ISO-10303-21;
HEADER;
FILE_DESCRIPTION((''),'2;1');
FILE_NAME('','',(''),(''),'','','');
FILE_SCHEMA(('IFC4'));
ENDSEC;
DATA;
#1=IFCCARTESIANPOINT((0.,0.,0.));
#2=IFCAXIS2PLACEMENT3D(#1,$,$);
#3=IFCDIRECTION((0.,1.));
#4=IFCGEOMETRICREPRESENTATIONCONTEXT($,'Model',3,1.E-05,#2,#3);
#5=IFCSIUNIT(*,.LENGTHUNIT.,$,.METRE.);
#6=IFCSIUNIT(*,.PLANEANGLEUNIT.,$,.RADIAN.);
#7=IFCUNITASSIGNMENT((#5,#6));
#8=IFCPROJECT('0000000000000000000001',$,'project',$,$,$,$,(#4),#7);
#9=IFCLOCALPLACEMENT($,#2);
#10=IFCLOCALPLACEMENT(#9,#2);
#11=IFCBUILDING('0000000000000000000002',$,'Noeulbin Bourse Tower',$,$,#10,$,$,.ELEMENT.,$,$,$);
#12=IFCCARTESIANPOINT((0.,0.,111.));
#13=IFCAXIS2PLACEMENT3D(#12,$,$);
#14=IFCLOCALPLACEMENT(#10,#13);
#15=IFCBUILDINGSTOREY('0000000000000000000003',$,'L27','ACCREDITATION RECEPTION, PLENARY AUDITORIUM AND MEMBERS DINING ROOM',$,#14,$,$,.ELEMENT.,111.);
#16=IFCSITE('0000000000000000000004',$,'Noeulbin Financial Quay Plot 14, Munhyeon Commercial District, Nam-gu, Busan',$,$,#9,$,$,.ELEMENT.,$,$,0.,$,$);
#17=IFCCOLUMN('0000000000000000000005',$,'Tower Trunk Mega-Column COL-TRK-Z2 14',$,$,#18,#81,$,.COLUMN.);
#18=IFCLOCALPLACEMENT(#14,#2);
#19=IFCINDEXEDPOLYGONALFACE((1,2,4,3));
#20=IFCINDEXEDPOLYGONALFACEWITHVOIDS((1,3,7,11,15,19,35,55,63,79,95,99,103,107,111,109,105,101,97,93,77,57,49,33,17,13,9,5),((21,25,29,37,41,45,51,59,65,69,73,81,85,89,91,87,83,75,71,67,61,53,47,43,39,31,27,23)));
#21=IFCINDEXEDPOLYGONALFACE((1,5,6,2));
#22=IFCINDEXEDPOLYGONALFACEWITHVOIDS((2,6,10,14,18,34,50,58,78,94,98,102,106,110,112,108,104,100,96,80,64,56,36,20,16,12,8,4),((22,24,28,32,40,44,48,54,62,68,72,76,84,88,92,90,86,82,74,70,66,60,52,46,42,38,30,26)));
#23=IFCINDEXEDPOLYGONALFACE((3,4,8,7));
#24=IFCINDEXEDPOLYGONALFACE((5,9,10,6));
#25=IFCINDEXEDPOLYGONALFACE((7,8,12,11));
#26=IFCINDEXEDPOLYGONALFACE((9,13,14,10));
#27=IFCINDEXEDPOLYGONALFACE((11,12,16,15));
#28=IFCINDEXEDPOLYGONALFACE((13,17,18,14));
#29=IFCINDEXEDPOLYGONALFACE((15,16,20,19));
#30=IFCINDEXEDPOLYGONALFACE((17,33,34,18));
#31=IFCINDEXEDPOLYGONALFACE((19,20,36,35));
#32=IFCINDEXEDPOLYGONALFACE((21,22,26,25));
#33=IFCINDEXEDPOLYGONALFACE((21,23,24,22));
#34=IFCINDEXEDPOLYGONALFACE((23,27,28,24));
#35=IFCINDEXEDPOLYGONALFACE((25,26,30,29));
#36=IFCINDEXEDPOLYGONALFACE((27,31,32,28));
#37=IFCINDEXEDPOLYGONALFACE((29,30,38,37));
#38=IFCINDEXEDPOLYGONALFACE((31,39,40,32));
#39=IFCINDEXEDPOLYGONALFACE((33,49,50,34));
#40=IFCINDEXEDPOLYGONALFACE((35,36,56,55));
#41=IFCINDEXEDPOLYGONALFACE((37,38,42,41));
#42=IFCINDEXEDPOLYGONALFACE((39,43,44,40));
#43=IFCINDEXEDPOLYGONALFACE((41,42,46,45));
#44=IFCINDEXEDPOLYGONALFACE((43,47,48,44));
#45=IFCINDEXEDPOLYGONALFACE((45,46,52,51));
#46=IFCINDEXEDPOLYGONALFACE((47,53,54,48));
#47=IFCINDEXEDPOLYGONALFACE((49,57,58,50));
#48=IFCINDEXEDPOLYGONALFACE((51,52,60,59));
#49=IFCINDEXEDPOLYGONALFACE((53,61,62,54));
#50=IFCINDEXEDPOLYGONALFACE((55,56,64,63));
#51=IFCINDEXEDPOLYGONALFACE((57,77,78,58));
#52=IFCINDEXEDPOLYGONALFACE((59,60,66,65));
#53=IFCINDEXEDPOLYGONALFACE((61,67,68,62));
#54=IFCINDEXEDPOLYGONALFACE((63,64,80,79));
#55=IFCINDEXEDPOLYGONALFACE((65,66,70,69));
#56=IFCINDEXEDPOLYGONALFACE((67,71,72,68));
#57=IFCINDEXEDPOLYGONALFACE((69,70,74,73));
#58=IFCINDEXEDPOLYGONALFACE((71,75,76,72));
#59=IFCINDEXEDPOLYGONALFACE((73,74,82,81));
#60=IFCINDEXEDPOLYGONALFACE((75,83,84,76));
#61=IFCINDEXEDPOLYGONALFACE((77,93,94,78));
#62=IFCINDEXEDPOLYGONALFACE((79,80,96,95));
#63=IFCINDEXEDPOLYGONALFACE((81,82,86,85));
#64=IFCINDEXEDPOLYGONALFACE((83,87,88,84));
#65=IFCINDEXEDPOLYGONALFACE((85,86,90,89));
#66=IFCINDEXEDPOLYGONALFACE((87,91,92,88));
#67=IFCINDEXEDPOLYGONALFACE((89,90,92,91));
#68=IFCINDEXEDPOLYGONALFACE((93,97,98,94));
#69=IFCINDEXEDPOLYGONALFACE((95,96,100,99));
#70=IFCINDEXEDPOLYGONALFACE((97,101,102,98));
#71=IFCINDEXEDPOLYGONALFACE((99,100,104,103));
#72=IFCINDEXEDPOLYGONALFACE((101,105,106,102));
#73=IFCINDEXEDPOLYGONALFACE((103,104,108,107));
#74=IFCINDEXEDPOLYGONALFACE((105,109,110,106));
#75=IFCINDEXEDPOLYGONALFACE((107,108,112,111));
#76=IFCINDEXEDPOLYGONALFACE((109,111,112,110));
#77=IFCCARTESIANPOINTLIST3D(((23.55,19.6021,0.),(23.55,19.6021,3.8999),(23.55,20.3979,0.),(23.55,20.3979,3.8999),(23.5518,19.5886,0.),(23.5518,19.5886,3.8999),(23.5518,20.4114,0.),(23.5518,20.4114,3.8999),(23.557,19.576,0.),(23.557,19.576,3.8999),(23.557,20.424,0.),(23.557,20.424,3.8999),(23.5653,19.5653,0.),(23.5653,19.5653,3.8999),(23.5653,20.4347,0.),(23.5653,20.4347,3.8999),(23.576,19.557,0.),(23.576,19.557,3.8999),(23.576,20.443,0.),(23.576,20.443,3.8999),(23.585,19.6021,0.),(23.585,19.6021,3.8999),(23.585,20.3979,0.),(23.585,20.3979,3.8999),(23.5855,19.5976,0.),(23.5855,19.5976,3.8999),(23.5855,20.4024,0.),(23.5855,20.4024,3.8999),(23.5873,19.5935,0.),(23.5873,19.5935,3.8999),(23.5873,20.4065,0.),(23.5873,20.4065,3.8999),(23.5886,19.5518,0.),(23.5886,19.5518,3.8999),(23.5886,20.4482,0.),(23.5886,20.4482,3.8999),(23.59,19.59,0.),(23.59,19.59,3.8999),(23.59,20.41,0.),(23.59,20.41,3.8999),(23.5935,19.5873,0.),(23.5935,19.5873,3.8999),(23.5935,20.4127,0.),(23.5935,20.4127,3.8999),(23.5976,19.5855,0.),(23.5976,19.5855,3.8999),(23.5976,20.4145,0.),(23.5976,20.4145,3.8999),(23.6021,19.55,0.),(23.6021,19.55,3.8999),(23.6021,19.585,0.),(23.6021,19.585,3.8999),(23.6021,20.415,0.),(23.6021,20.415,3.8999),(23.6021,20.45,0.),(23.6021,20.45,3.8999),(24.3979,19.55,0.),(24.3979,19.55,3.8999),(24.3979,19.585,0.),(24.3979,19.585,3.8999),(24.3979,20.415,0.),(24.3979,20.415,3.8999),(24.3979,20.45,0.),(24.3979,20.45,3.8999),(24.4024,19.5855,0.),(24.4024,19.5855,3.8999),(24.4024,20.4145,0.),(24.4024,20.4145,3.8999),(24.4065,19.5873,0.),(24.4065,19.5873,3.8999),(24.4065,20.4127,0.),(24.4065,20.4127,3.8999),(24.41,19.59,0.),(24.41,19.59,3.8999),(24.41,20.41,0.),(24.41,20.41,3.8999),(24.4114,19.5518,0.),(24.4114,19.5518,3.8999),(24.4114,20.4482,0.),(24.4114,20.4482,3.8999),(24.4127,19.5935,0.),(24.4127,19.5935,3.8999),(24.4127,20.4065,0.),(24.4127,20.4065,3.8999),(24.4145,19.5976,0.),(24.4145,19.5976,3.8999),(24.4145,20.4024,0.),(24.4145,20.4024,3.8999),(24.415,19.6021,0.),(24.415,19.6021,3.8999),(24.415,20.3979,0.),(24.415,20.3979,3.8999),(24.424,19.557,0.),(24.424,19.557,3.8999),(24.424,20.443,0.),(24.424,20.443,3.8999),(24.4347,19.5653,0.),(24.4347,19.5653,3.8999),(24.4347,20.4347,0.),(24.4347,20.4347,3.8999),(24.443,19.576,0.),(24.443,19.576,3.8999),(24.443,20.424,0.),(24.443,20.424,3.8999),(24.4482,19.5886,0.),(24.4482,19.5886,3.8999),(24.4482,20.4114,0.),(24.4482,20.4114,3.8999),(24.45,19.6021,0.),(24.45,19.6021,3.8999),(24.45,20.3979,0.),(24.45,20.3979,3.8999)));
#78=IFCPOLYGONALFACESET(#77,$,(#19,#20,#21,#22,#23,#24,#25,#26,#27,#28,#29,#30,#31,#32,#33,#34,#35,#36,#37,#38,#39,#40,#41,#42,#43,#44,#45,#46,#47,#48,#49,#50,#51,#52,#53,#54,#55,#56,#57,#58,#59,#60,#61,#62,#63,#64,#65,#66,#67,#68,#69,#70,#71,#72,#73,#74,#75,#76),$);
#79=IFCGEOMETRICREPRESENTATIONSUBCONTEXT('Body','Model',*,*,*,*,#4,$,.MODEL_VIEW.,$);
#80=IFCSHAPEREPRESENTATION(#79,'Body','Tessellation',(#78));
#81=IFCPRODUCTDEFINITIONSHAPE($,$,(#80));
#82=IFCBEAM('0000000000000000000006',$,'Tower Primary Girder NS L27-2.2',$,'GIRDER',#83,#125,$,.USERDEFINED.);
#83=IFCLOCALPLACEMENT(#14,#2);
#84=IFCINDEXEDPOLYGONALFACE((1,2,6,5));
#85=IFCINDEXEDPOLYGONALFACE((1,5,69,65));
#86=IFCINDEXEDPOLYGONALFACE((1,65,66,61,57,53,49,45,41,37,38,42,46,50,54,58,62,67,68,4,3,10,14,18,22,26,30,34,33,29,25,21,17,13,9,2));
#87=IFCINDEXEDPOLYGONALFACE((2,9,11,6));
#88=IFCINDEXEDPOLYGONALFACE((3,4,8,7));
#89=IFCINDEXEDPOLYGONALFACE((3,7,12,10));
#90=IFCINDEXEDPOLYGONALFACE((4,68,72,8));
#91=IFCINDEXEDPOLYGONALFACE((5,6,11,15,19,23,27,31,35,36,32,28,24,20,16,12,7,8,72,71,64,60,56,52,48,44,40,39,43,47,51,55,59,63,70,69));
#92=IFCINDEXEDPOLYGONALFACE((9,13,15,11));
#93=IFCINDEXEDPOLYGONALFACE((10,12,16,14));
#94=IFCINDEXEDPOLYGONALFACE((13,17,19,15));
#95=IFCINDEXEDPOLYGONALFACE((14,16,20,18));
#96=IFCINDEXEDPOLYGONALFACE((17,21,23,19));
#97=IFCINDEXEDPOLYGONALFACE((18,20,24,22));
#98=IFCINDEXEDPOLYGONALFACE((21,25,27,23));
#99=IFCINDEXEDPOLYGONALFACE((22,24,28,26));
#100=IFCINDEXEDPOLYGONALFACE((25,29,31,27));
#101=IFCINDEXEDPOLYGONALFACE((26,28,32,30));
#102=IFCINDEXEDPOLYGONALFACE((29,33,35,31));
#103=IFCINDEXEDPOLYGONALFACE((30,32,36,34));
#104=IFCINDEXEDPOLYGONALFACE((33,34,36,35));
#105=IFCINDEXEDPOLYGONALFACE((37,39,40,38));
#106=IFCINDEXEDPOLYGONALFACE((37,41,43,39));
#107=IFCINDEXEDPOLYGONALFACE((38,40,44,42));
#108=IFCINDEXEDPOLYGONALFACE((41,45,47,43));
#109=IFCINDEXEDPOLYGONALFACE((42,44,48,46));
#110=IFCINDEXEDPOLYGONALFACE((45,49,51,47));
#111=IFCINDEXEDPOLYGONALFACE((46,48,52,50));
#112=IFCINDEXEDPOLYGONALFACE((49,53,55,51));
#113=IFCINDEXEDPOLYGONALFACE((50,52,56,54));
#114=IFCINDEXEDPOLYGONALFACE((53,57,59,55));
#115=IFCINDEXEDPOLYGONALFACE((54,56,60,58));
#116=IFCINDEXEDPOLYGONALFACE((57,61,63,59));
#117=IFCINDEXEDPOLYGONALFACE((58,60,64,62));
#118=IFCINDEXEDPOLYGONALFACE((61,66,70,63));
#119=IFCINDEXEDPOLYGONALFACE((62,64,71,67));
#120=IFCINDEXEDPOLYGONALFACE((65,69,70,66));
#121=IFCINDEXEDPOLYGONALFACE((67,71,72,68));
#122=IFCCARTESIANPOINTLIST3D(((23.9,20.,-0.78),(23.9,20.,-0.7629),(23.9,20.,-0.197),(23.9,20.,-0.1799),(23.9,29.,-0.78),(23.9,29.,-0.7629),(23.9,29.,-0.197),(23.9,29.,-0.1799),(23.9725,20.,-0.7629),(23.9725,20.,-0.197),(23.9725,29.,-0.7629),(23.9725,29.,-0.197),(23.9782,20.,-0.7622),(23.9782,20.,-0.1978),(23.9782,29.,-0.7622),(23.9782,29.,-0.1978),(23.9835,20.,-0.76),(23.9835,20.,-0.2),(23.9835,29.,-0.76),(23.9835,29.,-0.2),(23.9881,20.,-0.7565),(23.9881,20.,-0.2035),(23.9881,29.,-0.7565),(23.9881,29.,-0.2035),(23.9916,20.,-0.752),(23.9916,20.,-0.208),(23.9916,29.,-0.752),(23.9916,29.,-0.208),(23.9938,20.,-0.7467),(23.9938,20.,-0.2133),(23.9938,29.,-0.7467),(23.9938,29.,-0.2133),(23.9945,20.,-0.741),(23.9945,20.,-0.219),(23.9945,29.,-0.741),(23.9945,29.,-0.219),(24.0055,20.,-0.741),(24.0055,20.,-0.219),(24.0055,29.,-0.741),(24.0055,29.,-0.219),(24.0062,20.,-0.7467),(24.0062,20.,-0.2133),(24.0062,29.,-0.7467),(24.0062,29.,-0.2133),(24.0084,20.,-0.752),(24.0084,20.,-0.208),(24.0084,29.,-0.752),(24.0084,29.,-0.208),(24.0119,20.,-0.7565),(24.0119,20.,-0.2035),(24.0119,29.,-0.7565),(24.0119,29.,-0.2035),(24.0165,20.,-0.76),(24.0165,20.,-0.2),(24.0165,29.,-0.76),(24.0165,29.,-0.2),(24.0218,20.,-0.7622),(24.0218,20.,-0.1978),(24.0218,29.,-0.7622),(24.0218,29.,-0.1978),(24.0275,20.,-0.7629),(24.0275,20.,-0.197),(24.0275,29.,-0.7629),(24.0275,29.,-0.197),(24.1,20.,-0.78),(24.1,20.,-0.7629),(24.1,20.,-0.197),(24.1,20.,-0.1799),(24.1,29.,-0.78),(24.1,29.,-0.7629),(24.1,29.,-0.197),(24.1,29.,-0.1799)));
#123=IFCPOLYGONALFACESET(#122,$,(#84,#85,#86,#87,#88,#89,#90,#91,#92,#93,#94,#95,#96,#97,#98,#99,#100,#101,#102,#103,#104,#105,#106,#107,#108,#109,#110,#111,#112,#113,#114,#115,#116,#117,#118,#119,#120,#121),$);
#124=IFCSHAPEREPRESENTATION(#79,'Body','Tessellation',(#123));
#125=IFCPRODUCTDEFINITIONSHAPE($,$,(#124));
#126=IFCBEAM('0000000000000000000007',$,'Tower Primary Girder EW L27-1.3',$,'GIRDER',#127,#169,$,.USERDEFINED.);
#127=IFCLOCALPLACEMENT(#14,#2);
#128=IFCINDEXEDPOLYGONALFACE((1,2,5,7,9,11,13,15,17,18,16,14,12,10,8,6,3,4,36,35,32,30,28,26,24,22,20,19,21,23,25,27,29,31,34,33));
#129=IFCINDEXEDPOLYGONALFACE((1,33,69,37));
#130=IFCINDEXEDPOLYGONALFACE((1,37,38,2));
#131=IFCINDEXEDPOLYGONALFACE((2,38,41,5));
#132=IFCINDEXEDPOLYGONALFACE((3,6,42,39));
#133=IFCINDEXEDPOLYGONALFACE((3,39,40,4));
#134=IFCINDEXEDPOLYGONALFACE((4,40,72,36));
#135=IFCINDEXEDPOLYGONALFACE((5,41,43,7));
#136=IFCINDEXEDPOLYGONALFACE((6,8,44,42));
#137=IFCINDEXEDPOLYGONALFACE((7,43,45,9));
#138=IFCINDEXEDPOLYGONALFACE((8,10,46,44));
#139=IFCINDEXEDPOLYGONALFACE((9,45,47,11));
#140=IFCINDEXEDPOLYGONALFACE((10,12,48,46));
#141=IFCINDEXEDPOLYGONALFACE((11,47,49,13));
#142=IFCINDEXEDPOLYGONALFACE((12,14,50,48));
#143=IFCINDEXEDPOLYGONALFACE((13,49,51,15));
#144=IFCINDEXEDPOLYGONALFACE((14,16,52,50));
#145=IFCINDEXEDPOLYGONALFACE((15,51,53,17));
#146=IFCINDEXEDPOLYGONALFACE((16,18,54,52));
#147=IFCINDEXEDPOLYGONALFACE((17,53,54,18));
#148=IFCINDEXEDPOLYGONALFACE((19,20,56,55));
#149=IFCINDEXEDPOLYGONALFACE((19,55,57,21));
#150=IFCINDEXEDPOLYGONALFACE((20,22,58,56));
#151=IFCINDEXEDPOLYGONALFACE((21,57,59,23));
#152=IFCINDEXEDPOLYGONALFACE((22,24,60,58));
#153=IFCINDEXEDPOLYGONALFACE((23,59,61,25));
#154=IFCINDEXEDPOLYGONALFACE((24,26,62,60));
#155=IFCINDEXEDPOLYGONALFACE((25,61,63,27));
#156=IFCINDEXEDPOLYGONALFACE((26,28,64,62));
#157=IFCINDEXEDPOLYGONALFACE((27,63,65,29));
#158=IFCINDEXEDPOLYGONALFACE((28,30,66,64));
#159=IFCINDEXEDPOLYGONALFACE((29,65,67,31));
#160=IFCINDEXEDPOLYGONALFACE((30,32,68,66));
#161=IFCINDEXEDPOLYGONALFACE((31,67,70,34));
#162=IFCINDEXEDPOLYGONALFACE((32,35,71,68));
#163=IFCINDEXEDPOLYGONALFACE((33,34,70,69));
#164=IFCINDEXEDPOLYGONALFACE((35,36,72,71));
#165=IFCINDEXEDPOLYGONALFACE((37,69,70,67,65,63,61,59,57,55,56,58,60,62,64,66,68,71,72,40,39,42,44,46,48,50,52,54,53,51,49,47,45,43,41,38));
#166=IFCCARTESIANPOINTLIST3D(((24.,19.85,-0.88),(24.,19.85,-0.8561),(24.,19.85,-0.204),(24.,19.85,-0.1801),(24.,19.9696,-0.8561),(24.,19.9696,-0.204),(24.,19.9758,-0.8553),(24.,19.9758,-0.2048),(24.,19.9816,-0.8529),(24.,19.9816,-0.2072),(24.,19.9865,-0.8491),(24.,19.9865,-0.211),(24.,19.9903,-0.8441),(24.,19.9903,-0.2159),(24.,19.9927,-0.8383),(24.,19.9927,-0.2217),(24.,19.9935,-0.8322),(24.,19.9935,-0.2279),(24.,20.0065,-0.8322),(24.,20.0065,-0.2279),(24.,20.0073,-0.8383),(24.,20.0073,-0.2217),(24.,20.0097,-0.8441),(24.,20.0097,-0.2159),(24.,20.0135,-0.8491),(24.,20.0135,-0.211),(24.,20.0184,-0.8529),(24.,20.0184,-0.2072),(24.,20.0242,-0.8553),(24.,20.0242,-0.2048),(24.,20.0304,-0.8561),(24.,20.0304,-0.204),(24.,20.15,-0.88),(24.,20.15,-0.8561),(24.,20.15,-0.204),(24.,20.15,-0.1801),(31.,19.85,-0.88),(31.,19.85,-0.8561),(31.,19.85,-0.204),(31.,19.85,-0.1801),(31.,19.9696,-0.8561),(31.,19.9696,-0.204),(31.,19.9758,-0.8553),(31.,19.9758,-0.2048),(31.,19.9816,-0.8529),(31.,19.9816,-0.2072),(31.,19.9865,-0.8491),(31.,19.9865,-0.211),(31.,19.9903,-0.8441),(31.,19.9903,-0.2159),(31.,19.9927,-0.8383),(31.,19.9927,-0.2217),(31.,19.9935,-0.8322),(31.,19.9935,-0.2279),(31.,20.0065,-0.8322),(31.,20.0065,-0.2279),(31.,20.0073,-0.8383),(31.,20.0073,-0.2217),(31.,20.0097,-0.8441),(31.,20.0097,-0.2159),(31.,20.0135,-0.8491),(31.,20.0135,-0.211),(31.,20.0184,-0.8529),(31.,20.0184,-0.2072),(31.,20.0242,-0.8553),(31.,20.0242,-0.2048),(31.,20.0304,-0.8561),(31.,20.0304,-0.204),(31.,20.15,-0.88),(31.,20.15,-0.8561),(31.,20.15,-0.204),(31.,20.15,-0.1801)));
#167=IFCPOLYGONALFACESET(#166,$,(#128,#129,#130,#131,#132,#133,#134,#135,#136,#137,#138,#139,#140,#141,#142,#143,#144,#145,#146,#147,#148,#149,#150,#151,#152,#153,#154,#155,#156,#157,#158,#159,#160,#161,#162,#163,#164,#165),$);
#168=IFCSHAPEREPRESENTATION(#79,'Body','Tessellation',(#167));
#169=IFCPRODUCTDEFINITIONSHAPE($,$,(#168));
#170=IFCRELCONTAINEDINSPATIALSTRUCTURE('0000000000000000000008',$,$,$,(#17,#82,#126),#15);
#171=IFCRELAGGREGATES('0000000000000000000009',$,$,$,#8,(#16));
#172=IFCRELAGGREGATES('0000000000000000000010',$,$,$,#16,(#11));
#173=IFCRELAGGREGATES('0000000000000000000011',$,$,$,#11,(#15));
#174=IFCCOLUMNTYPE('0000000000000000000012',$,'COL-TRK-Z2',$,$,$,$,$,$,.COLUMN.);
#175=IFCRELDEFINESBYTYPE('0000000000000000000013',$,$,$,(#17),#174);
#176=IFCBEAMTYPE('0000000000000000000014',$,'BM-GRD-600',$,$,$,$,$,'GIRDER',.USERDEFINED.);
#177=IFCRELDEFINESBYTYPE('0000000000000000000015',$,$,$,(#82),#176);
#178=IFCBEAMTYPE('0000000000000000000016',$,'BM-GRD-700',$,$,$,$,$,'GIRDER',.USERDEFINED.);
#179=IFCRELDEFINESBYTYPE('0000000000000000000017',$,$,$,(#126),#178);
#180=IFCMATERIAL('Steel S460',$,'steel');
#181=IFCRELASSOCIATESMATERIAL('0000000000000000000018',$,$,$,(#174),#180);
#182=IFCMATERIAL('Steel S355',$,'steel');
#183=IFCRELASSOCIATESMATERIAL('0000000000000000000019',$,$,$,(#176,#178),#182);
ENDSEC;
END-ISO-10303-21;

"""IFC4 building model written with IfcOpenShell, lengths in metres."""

from ifc_helpers import new_model, si_unit, direction, frame, origin, origin_2d, place, context, subcontext, project, spatial, hollow_rectangle, i_section, extrude, material, material_profile, profile_set, type_object, element, save


model = new_model("IFC4")

# Units and contexts
model_context = context("Model", 3, precision=1e-05, world=origin(), true_north=direction((0.0, 1.0)))
body_context = subcontext(model_context, "Body", "Model", "MODEL_VIEW")
ifc_project = project(units=[si_unit("LENGTHUNIT", "METRE"), si_unit("PLANEANGLEUNIT", "RADIAN")], contexts=[model_context])

# Site, building, storey
site_placement = place(None, origin())
site = spatial("IfcSite", under=ifc_project, at=site_placement, Name="Noeulbin Financial Quay Plot 14, Munhyeon Commercial District, Nam-gu, Busan", CompositionType="ELEMENT", RefElevation=0.0)
building_placement = place(site_placement, origin())
building = spatial("IfcBuilding", under=site, at=building_placement, Name="Noeulbin Bourse Tower", CompositionType="ELEMENT")
storey_placement = place(building_placement, frame((0.0, 0.0, 111.0)))
storey = spatial("IfcBuildingStorey", under=building, at=storey_placement, Name="L27", Description="ACCREDITATION RECEPTION, PLENARY AUDITORIUM AND MEMBERS DINING ROOM", CompositionType="ELEMENT", Elevation=111.0)

# Column
ifc_material_1 = material(Name="Steel S460", Category="steel")
ifc_material_profile_1 = material_profile(ifc_material_1, hollow_rectangle(XDim=0.8999, YDim=0.8999, WallThickness=0.0349, InnerFilletRadius=0.0171, OuterFilletRadius=0.052, at=origin_2d()), Name="BOX-900x900x35", Category="LoadBearing")
ifc_profile_set_1 = profile_set([ifc_material_profile_1], Name="Steel S460")
column_type = type_object("IfcColumnType", Name="COL-TRK-Z2", PredefinedType="COLUMN", material=ifc_profile_set_1)
column_placement = place(storey_placement, frame((24.0, 20.0, 0.0), z_axis=(0.0, 0.0, 1.0), x_axis=(1.0, 0.0, 0.0)))
element("IfcColumn", 1, at=column_placement, inside=storey, type_object=column_type, Name="Tower Trunk Mega-Column COL-TRK-Z2 14", PredefinedType="COLUMN", context=body_context, shape_type="SweptSolid", body=[
    extrude(hollow_rectangle(XDim=0.8999, YDim=0.8999, WallThickness=0.0349, InnerFilletRadius=0.0171, OuterFilletRadius=0.052, at=origin_2d()), origin(), (0.0, 0.0, 1.0), 3.8999),
])

# Beams
ifc_material_2 = material(Name="Steel S355", Category="steel")
ifc_material_profile_2 = material_profile(ifc_material_2, i_section(OverallWidth=0.2, OverallDepth=0.6001, WebThickness=0.011, FlangeThickness=0.0171, FilletRadius=0.022, at=origin_2d()), Name="H-600x200x11x17", Category="LoadBearing")
ifc_profile_set_2 = profile_set([ifc_material_profile_2], Name="Steel S355")
beam_type_1 = type_object("IfcBeamType", Name="BM-GRD-600", ElementType="GIRDER", PredefinedType="USERDEFINED", material=ifc_profile_set_2)
beam_1_placement = place(storey_placement, frame((24.0, 20.0, -0.48), z_axis=(0.0, 1.0, 0.0), x_axis=(-1.0, 0.0, 0.0)))
element("IfcBeam", 2, at=beam_1_placement, inside=storey, type_object=beam_type_1, Name="Tower Primary Girder NS L27-2.2", ObjectType="GIRDER", PredefinedType="USERDEFINED", context=body_context, shape_type="SweptSolid", body=[
    extrude(i_section(OverallWidth=0.2, OverallDepth=0.6001, WebThickness=0.011, FlangeThickness=0.0171, FilletRadius=0.022, at=origin_2d()), origin(), (0.0, 0.0, 1.0), 9.0),
])
ifc_material_profile_3 = material_profile(ifc_material_2, i_section(OverallWidth=0.3, OverallDepth=0.7, WebThickness=0.0129, FlangeThickness=0.0239, FilletRadius=0.0239, at=origin_2d()), Name="H-700x300x13x24", Category="LoadBearing")
ifc_profile_set_3 = profile_set([ifc_material_profile_3], Name="Steel S355")
beam_type_2 = type_object("IfcBeamType", Name="BM-GRD-700", ElementType="GIRDER", PredefinedType="USERDEFINED", material=ifc_profile_set_3)
beam_2_placement = place(storey_placement, frame((24.0, 20.0, -0.53), z_axis=(1.0, 0.0, 0.0), x_axis=(0.0, 1.0, 0.0)))
element("IfcBeam", 3, at=beam_2_placement, inside=storey, type_object=beam_type_2, Name="Tower Primary Girder EW L27-1.3", ObjectType="GIRDER", PredefinedType="USERDEFINED", context=body_context, shape_type="SweptSolid", body=[
    extrude(i_section(OverallWidth=0.3, OverallDepth=0.7, WebThickness=0.0129, FlangeThickness=0.0239, FilletRadius=0.0239, at=origin_2d()), origin(), (0.0, 0.0, 1.0), 7.0),
])

save(model, "model.ifc")
